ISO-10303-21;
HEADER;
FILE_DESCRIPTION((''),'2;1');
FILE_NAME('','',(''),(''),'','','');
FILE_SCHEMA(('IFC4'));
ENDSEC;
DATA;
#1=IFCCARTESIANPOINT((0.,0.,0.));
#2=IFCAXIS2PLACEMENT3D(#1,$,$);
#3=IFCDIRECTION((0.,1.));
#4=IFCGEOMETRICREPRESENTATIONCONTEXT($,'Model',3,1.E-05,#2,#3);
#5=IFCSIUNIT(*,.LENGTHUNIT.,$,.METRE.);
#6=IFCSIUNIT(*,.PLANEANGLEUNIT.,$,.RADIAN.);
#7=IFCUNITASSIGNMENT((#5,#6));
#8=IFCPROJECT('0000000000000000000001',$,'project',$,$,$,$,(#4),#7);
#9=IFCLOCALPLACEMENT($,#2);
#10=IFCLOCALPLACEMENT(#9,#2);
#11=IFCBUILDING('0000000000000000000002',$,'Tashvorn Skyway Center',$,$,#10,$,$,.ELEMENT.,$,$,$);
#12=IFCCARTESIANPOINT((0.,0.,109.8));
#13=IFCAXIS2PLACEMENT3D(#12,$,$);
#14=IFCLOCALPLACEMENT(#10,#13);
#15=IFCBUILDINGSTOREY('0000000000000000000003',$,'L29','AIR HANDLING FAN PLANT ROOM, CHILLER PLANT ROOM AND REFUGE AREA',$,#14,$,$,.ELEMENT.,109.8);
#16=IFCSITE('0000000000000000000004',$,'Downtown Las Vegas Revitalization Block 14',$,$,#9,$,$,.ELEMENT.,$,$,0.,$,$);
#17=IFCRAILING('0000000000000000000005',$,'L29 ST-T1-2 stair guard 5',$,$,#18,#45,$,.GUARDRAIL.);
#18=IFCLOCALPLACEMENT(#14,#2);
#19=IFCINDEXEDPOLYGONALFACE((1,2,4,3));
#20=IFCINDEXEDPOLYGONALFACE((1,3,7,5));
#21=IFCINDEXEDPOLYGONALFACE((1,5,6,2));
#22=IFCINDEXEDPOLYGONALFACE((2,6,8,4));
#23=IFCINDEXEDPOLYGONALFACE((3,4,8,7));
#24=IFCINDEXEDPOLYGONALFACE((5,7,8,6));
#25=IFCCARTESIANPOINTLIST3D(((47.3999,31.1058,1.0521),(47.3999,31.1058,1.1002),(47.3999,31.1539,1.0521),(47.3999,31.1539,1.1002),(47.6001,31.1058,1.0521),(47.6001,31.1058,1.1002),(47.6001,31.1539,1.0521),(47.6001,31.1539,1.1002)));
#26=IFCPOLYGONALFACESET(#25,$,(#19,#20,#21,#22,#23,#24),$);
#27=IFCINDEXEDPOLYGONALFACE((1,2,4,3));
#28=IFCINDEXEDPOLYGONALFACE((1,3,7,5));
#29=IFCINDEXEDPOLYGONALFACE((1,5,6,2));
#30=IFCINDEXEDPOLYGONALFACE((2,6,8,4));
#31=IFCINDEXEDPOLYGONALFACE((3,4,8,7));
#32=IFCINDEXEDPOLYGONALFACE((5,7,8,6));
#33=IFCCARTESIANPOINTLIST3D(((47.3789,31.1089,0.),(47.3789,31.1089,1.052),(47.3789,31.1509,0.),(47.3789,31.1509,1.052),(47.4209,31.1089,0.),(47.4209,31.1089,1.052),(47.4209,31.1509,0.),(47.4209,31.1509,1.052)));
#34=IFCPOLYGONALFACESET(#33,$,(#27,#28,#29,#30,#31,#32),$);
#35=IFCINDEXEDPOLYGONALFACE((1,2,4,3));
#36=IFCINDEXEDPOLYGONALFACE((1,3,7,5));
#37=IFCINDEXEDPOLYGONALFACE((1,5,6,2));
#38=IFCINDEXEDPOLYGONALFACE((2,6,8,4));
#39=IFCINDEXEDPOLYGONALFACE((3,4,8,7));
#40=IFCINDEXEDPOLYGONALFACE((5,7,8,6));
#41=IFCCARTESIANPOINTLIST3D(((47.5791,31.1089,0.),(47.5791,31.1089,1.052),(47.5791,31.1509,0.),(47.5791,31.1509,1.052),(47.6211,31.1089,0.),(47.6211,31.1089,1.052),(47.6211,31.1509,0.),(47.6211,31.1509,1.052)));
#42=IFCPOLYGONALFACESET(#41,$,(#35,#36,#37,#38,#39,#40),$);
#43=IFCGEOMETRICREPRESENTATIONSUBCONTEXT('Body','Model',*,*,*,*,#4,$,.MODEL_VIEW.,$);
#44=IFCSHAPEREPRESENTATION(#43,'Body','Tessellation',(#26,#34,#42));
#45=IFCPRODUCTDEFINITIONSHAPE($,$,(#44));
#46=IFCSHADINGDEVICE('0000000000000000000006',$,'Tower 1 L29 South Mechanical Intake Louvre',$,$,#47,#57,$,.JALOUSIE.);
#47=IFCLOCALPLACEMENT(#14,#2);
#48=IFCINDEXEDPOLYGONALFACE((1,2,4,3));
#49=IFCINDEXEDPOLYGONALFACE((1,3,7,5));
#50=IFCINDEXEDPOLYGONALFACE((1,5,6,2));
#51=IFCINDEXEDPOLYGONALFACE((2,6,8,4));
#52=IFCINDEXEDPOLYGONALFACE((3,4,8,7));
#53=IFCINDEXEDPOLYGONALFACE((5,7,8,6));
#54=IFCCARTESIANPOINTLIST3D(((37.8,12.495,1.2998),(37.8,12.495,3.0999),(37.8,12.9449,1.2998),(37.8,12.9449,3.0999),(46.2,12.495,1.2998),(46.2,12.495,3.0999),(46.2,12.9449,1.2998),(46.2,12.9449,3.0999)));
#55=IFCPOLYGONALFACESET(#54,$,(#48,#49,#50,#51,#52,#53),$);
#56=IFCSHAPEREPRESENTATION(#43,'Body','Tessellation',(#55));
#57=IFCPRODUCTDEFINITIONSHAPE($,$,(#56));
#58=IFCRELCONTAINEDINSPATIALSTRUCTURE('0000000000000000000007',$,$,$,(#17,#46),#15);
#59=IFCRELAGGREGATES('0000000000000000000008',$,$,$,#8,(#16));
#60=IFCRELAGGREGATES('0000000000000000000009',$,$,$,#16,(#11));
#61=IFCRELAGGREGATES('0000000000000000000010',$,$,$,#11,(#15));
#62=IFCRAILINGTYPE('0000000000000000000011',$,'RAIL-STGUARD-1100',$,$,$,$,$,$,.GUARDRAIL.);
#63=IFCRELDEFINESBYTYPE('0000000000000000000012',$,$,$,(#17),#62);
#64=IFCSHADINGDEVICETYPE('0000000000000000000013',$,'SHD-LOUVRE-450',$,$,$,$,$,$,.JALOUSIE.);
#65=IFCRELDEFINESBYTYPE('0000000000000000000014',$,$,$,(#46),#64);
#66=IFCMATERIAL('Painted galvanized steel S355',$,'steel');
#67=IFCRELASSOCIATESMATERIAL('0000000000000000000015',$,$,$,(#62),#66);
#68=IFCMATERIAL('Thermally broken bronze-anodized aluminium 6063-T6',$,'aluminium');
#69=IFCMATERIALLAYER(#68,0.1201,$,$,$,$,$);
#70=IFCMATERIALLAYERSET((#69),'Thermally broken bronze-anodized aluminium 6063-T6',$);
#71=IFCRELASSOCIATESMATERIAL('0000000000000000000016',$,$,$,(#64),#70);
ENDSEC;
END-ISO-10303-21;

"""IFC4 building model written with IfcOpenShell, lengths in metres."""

from ifc_helpers import new_model, si_unit, direction, frame, origin, origin_2d, place, context, subcontext, project, spatial, rectangle, extrude, material, layer, layer_set, type_object, element, save


model = new_model("IFC4")

# Units and contexts
model_context = context("Model", 3, precision=1e-05, world=origin(), true_north=direction((0.0, 1.0)))
body_context = subcontext(model_context, "Body", "Model", "MODEL_VIEW")
ifc_project = project(units=[si_unit("LENGTHUNIT", "METRE"), si_unit("PLANEANGLEUNIT", "RADIAN")], contexts=[model_context])

# Site, building, storey
site_placement = place(None, origin())
site = spatial("IfcSite", under=ifc_project, at=site_placement, Name="Downtown Las Vegas Revitalization Block 14", CompositionType="ELEMENT", RefElevation=0.0)
building_placement = place(site_placement, origin())
building = spatial("IfcBuilding", under=site, at=building_placement, Name="Tashvorn Skyway Center", CompositionType="ELEMENT")
storey_placement = place(building_placement, frame((0.0, 0.0, 109.8)))
storey = spatial("IfcBuildingStorey", under=building, at=storey_placement, Name="L29", Description="AIR HANDLING FAN PLANT ROOM, CHILLER PLANT ROOM AND REFUGE AREA", CompositionType="ELEMENT", Elevation=109.8)

# Railing
ifc_material_1 = material(Name="Painted galvanized steel S355", Category="steel")
railing_type_1 = type_object("IfcRailingType", Name="RAIL-STGUARD-1100", PredefinedType="GUARDRAIL", material=ifc_material_1)
railing_1_placement = place(storey_placement, frame((47.3999, 31.1299, 0.0)))
element("IfcRailing", 1, at=railing_1_placement, inside=storey, type_object=railing_type_1, Name="L29 ST-T1-2 stair guard 5", PredefinedType="GUARDRAIL", context=body_context, shape_type="SweptSolid", body=[
    extrude(rectangle(XDim=0.0481, YDim=0.0481, at=origin_2d()), frame((0.0, 0.0, 1.0762), z_axis=(1.0, 0.0, 0.0), x_axis=(0.0, 1.0, 0.0)), (0.0, 0.0, 1.0), 0.2002),
    extrude(rectangle(XDim=0.042, YDim=0.042, at=origin_2d()), origin(), (0.0, 0.0, 1.0), 1.052),
    extrude(rectangle(XDim=0.042, YDim=0.042, at=origin_2d()), frame((0.2002, 0.0, 0.0)), (0.0, 0.0, 1.0), 1.052),
])

# Shading device
ifc_material_2 = material(Name="Thermally broken bronze-anodized aluminium 6063-T6", Category="aluminium")
ifc_layer_1 = layer(ifc_material_2, 0.1201)
ifc_layer_set_1 = layer_set([ifc_layer_1], Name="Thermally broken bronze-anodized aluminium 6063-T6")
shading_device_type = type_object("IfcShadingDeviceType", Name="SHD-LOUVRE-450", PredefinedType="JALOUSIE", material=ifc_layer_set_1)
shading_device_placement = place(storey_placement, frame((42.0, 12.72, 1.2998), z_axis=(0.0, 0.0, 1.0), x_axis=(-1.0, 0.0, 0.0)))
element("IfcShadingDevice", 2, at=shading_device_placement, inside=storey, type_object=shading_device_type, Name="Tower 1 L29 South Mechanical Intake Louvre", PredefinedType="JALOUSIE", context=body_context, shape_type="SweptSolid", body=[
    extrude(rectangle(XDim=8.3999, YDim=0.45, at=origin_2d()), origin(), (0.0, 0.0, 1.0), 1.8),
])

save(model, "model.ifc")
